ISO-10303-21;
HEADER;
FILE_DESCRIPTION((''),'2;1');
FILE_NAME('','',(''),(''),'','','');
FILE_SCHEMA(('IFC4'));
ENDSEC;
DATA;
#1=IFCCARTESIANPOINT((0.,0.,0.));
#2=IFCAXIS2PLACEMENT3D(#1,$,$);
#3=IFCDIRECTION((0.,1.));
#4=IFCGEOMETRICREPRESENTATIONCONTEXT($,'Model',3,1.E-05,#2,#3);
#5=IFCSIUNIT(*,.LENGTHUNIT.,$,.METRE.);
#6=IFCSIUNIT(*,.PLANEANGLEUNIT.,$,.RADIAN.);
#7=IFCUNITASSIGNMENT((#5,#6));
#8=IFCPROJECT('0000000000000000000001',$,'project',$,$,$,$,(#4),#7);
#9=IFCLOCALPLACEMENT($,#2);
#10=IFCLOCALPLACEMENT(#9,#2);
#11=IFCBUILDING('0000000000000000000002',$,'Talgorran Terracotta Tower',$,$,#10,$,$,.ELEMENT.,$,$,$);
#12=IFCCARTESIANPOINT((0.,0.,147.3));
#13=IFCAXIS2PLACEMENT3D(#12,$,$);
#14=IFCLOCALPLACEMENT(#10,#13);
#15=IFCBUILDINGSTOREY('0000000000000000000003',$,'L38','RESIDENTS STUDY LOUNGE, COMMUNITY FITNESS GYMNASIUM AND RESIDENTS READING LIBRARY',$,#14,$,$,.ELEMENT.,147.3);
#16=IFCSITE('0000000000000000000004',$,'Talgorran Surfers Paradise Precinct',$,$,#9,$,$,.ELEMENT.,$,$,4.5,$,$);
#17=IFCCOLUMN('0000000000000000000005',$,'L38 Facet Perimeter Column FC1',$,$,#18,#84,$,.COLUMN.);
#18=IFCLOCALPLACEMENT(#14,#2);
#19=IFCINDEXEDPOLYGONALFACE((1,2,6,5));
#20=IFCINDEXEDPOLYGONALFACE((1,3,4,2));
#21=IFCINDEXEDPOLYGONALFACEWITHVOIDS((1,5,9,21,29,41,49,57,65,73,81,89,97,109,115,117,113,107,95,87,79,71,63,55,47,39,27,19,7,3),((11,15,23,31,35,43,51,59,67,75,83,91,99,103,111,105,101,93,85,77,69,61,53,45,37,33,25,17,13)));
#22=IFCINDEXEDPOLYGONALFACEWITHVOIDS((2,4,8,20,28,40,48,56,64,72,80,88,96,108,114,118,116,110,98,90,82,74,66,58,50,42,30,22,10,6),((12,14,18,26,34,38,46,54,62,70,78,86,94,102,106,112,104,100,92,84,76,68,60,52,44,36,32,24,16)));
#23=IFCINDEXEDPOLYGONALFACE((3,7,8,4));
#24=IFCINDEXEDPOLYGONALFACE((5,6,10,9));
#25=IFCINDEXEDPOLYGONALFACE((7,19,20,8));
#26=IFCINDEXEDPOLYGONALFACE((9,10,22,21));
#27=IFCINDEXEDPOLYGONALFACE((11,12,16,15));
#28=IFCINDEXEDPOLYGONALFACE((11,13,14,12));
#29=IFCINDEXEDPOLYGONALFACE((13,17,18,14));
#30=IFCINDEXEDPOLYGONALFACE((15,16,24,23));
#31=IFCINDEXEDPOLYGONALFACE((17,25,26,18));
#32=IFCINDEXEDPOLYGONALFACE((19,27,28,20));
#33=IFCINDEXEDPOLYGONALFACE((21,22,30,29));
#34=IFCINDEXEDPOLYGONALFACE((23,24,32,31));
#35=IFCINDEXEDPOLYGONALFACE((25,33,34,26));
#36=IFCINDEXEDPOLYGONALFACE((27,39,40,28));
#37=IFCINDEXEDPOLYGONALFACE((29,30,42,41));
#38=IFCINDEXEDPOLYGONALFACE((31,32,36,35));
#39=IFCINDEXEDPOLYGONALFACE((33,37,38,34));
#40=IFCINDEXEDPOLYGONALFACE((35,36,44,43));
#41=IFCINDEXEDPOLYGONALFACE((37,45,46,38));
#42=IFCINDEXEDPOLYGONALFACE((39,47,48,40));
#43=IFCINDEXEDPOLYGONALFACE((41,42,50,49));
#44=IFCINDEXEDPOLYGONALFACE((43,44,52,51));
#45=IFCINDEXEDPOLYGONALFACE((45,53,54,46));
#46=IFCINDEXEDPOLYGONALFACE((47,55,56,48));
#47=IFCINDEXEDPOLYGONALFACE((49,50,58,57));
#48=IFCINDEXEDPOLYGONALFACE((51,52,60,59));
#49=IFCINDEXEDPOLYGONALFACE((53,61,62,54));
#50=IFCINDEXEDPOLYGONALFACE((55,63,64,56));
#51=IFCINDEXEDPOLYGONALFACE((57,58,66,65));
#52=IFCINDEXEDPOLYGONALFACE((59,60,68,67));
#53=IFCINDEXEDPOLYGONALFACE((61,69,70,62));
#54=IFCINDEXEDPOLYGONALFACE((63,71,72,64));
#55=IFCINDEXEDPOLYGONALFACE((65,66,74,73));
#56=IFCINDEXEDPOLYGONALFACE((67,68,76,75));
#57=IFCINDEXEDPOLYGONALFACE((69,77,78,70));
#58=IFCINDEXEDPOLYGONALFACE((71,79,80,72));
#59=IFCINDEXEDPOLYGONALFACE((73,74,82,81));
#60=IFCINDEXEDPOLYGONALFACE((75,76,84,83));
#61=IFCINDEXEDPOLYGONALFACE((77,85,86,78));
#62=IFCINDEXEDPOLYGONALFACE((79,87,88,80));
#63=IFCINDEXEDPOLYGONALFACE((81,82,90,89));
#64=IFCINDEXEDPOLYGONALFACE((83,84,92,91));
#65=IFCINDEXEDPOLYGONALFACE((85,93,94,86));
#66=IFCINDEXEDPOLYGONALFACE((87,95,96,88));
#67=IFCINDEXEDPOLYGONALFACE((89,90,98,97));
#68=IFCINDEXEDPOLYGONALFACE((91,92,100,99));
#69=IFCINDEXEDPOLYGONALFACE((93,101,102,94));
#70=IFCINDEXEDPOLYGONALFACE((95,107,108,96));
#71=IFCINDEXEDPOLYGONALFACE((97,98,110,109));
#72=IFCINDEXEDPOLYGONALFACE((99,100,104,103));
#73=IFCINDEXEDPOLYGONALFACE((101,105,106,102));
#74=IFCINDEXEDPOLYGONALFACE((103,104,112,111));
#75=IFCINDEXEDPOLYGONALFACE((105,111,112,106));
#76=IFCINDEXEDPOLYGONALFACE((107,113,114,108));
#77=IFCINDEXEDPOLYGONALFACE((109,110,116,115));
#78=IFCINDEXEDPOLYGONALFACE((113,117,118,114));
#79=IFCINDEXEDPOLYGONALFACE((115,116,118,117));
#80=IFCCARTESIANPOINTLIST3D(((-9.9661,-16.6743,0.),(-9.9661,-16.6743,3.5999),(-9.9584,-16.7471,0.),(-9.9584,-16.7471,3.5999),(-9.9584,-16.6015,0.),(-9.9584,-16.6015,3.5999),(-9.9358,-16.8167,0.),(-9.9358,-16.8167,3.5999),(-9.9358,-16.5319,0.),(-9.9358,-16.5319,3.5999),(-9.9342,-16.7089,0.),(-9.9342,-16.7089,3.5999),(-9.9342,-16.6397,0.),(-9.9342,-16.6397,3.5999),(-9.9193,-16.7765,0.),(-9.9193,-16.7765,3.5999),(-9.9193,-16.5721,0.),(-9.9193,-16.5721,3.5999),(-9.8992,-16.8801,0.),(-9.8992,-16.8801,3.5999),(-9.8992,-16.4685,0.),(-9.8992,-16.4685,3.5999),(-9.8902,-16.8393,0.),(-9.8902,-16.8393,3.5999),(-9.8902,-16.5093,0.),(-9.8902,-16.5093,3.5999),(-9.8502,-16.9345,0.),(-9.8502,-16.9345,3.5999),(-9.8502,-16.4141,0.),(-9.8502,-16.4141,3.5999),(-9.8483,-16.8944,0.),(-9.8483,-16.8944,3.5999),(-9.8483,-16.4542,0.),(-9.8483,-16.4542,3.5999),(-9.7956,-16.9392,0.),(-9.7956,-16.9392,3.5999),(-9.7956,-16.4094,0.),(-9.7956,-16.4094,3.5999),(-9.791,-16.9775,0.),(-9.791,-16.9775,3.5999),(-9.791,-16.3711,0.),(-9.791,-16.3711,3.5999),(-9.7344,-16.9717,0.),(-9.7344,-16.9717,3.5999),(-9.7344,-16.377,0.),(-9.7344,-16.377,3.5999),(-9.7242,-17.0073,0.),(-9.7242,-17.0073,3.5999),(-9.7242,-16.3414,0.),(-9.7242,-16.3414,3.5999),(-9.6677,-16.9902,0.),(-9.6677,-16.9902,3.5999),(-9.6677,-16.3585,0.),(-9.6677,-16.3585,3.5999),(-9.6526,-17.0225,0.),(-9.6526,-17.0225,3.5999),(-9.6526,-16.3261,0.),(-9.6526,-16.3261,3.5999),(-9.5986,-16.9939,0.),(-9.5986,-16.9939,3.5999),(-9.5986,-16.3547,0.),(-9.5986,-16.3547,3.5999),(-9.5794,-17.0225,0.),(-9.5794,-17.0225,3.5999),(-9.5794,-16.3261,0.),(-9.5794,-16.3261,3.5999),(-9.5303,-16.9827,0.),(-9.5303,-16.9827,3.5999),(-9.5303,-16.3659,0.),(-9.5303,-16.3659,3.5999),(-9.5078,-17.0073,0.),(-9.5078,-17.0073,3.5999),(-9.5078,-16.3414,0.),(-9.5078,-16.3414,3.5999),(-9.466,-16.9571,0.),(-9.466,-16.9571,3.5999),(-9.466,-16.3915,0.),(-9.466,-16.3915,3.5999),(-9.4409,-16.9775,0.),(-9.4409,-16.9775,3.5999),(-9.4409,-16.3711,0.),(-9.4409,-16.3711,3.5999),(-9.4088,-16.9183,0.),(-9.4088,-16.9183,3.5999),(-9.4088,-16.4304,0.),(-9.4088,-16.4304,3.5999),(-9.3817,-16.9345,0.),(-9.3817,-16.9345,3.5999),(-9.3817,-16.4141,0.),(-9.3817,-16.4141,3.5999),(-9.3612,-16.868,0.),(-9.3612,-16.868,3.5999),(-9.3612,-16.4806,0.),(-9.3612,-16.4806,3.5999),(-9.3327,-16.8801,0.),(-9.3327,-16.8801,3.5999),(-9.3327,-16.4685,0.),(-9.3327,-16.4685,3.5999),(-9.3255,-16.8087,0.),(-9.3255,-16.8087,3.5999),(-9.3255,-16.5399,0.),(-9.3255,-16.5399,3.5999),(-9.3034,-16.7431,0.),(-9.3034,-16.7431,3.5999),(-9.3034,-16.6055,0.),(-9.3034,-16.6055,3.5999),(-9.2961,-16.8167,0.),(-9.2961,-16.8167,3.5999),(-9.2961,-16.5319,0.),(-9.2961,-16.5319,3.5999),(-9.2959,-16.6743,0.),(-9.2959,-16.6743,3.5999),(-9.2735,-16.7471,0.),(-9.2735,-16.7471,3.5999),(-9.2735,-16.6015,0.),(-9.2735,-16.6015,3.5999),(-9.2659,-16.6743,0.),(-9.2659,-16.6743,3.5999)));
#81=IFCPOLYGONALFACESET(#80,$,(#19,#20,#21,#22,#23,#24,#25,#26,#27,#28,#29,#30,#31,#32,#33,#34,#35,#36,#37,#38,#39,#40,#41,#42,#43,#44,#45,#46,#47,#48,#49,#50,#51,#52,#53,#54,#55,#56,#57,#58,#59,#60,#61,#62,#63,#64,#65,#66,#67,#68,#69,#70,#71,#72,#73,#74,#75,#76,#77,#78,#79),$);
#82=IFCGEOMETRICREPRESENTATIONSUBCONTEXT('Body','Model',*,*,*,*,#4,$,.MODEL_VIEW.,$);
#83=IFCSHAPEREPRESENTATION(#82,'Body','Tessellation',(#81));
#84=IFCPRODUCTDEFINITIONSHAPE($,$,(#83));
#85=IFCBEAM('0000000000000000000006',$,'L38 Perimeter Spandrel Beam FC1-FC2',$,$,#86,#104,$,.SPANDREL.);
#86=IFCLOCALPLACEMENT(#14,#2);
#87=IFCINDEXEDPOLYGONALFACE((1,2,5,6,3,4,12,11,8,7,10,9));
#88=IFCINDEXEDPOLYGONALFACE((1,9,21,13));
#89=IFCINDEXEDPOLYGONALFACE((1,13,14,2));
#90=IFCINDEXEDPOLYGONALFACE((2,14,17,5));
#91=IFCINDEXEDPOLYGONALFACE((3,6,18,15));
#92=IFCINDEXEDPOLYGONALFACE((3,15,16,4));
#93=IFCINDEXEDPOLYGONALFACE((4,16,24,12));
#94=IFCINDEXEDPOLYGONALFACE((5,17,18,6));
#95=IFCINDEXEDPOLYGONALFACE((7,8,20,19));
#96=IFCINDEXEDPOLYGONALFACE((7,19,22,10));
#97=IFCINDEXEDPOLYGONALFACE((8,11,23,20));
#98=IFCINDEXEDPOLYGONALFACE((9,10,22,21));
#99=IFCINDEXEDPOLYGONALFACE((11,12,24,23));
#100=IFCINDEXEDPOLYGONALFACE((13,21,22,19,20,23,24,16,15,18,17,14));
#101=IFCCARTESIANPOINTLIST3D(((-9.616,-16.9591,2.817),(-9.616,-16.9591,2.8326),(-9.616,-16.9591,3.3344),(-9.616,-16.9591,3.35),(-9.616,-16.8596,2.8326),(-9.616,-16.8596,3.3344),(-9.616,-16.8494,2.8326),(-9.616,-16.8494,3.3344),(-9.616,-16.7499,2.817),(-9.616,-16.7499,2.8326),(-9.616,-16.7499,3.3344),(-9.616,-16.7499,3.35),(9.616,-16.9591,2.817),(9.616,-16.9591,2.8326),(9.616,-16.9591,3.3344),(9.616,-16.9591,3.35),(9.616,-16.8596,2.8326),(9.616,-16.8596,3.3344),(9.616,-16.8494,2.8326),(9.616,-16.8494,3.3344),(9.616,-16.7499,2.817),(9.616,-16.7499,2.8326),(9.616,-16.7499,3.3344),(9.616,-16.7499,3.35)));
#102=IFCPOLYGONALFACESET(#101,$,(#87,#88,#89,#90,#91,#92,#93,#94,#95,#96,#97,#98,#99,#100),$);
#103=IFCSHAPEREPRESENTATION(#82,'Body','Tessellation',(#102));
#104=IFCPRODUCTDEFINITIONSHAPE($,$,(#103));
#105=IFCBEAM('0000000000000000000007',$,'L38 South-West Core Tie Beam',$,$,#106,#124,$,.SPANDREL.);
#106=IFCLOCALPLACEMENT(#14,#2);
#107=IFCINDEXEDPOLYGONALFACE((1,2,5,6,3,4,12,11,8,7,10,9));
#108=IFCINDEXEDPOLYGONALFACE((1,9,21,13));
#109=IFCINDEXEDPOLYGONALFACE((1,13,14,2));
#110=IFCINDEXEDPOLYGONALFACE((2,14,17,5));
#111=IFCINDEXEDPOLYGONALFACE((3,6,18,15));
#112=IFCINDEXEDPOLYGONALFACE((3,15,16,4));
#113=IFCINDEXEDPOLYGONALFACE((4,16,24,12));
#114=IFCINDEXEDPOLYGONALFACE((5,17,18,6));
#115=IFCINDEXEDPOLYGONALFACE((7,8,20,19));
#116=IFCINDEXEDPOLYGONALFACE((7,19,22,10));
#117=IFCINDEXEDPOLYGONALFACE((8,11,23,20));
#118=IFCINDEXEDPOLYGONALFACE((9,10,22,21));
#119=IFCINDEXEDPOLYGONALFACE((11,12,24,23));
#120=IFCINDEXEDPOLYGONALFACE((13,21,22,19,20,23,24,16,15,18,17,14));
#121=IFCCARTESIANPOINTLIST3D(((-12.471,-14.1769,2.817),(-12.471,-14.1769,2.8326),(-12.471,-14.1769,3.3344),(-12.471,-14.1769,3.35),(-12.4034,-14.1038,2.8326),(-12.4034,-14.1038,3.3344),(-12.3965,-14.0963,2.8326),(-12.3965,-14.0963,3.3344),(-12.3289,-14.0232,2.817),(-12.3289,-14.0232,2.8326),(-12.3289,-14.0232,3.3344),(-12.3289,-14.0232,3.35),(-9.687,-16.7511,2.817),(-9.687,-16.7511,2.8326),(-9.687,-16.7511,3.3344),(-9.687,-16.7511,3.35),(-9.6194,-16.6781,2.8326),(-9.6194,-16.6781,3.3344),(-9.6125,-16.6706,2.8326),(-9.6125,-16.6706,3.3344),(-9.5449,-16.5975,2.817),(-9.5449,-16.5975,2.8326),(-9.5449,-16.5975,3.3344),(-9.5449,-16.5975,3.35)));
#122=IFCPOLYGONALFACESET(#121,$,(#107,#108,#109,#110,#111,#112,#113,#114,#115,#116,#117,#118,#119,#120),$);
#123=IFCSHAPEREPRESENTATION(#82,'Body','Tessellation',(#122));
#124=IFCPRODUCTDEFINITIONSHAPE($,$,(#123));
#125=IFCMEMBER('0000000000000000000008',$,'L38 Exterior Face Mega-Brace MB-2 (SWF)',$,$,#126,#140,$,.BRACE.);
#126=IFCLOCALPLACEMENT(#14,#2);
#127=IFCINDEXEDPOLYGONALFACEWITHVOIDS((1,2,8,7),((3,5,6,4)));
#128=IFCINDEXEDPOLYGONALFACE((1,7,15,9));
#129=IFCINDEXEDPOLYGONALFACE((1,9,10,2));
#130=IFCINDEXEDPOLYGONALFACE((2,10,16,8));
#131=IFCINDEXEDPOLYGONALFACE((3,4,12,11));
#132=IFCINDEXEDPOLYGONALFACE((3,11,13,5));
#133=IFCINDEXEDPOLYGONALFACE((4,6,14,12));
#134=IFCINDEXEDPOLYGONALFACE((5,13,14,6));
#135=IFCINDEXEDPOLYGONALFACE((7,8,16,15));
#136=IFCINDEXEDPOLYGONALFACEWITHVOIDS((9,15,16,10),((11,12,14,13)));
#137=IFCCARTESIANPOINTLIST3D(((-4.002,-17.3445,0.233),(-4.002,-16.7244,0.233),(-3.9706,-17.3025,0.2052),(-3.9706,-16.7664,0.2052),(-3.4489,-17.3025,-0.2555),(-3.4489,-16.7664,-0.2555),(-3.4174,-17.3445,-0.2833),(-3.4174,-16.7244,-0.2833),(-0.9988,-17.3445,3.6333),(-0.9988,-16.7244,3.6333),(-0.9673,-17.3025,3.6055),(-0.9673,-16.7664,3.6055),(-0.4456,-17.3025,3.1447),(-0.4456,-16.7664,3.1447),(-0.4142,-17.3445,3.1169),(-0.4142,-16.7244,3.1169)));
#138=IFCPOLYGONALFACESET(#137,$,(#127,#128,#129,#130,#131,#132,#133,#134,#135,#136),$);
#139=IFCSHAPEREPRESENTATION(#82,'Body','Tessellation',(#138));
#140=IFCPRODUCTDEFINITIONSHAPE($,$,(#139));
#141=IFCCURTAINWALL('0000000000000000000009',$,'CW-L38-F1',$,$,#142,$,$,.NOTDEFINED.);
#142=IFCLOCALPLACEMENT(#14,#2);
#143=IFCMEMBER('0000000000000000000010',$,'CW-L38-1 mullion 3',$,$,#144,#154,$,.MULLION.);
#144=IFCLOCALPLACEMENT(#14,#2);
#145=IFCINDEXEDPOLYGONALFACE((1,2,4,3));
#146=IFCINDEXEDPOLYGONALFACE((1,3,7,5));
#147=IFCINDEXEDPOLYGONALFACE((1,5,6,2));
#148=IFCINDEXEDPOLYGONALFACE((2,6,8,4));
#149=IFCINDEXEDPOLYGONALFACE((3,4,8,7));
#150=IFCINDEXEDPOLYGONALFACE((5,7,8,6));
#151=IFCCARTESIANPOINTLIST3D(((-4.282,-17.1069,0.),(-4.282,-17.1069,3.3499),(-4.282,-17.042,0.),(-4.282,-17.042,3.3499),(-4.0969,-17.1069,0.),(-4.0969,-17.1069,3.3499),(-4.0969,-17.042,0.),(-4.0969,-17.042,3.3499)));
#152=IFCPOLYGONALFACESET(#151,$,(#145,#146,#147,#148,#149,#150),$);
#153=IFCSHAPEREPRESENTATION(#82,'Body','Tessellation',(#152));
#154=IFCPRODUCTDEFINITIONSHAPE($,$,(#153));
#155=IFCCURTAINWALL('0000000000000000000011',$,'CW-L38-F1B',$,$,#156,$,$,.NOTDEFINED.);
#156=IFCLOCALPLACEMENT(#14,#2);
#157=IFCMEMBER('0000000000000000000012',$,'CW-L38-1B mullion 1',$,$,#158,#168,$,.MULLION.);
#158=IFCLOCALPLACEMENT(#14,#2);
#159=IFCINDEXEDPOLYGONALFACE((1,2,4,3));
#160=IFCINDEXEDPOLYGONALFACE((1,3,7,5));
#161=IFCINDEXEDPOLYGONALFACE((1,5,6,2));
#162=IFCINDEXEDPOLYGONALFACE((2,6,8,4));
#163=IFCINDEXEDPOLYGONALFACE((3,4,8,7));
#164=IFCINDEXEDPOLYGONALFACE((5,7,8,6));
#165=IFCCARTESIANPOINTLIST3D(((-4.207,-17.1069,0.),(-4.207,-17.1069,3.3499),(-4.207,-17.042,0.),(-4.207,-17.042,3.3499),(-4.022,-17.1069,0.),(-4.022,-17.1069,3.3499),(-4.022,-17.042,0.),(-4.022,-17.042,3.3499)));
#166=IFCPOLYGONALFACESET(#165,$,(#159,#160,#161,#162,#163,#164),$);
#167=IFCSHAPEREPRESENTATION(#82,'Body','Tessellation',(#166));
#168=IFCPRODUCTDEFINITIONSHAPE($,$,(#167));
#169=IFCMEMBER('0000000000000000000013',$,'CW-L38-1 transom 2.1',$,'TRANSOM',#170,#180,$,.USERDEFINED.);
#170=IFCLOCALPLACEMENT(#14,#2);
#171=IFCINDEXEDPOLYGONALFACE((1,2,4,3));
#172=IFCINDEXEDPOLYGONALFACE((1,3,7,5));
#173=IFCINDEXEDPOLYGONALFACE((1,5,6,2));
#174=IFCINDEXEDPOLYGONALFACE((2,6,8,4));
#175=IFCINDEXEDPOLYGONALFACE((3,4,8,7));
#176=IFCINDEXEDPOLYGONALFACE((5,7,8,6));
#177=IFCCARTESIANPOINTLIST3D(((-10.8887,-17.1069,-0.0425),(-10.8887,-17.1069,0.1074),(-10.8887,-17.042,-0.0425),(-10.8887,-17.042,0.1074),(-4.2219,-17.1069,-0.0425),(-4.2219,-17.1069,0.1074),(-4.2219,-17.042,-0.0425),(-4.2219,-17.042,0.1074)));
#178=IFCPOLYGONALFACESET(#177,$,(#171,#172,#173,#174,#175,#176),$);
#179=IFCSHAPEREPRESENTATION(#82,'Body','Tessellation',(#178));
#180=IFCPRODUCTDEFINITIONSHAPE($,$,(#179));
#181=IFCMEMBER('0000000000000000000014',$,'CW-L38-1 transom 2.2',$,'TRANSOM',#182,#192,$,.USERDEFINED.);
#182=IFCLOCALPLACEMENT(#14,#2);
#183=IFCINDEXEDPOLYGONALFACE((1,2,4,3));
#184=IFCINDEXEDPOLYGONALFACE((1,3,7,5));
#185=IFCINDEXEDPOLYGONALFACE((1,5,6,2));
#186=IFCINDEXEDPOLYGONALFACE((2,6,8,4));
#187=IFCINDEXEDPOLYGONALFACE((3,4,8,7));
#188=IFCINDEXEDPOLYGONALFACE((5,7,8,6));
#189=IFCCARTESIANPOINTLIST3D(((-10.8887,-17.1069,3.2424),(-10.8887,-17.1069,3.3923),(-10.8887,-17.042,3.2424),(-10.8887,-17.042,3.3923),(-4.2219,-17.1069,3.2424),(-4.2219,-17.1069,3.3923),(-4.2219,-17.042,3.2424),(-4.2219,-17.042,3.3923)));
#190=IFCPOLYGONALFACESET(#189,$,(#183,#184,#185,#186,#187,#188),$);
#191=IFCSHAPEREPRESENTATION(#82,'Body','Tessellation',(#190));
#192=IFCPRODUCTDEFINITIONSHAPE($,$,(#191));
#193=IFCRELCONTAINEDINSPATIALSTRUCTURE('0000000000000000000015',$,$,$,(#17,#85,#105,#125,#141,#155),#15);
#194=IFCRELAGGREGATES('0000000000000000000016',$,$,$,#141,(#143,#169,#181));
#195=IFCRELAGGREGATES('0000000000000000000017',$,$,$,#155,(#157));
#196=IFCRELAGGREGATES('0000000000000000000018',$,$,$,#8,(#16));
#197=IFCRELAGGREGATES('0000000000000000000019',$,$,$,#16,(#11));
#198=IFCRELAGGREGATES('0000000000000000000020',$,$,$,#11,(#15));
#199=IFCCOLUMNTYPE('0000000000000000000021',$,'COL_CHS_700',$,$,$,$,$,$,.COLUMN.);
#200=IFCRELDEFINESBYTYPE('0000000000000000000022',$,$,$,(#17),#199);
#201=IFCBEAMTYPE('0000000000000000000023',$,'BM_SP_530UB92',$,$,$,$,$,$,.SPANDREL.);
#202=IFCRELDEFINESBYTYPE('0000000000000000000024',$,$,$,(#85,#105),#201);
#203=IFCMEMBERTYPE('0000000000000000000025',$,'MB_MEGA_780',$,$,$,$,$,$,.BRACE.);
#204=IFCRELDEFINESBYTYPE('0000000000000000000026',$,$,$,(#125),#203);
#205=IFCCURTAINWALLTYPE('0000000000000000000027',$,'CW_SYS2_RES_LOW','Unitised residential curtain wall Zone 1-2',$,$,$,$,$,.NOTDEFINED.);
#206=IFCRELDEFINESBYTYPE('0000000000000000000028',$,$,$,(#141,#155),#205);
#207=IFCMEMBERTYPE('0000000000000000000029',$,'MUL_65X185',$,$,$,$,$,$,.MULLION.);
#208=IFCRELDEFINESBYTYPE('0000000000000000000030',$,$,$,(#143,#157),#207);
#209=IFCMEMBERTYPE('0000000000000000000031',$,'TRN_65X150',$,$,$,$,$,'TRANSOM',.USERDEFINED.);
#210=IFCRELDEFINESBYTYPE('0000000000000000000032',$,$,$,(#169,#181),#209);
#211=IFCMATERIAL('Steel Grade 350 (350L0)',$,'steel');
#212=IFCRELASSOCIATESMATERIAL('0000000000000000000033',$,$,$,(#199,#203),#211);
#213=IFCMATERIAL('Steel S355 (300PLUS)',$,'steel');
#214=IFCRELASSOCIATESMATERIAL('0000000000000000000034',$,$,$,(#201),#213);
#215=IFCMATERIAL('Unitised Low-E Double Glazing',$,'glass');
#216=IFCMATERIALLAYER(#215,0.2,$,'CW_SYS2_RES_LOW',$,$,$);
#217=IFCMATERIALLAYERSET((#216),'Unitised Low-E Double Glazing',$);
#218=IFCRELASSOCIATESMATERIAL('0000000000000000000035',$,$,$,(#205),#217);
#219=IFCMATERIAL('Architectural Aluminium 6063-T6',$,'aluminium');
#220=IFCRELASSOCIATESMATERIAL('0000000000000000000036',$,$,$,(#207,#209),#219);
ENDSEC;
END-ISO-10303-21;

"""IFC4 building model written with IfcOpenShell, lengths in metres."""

from ifc_helpers import new_model, si_unit, direction, frame, origin, origin_2d, place, context, subcontext, project, spatial, rectangle, hollow_rectangle, hollow_circle, i_section, extrude, material, layer, layer_set, material_profile, profile_set, type_object, element, aggregate, save


model = new_model("IFC4")

# Units and contexts
model_context = context("Model", 3, precision=1e-05, world=origin(), true_north=direction((0.0, 1.0)))
body_context = subcontext(model_context, "Body", "Model", "MODEL_VIEW")
ifc_project = project(units=[si_unit("LENGTHUNIT", "METRE"), si_unit("PLANEANGLEUNIT", "RADIAN")], contexts=[model_context])

# Site, building, storey
site_placement = place(None, origin())
site = spatial("IfcSite", under=ifc_project, at=site_placement, Name="Talgorran Surfers Paradise Precinct", CompositionType="ELEMENT", RefElevation=4.5)
building_placement = place(site_placement, origin())
building = spatial("IfcBuilding", under=site, at=building_placement, Name="Talgorran Terracotta Tower", CompositionType="ELEMENT")
storey_placement = place(building_placement, frame((0.0, 0.0, 147.3)))
storey = spatial("IfcBuildingStorey", under=building, at=storey_placement, Name="L38", Description="RESIDENTS STUDY LOUNGE, COMMUNITY FITNESS GYMNASIUM AND RESIDENTS READING LIBRARY", CompositionType="ELEMENT", Elevation=147.3)

# Column
ifc_material_1 = material(Name="Steel Grade 350 (350L0)", Category="steel")
ifc_material_profile_1 = material_profile(ifc_material_1, hollow_circle(Radius=0.3501, WallThickness=0.03, at=origin_2d()), Name="CHS700X30")
ifc_profile_set_1 = profile_set([ifc_material_profile_1], Name="Steel Grade 350 (350L0)")
column_type = type_object("IfcColumnType", Name="COL_CHS_700", PredefinedType="COLUMN", material=ifc_profile_set_1)
column_placement = place(storey_placement, frame((-9.616, -16.6743, 0.0), z_axis=(0.0, 0.0, 1.0), x_axis=(1.0, 0.0, 0.0)))
element("IfcColumn", 1, at=column_placement, inside=storey, type_object=column_type, Name="L38 Facet Perimeter Column FC1", PredefinedType="COLUMN", context=body_context, shape_type="SweptSolid", body=[
    extrude(hollow_circle(Radius=0.3501, WallThickness=0.03, at=origin_2d()), origin(), (0.0, 0.0, 1.0), 3.5999),
])

# Beams
ifc_material_2 = material(Name="Steel S355 (300PLUS)", Category="steel")
ifc_material_profile_2 = material_profile(ifc_material_2, i_section(OverallWidth=0.2092, OverallDepth=0.533, WebThickness=0.0103, FlangeThickness=0.0156, at=origin_2d()), Name="530UB92.4")
ifc_profile_set_2 = profile_set([ifc_material_profile_2], Name="Steel S355 (300PLUS)")
beam_type = type_object("IfcBeamType", Name="BM_SP_530UB92", PredefinedType="SPANDREL", material=ifc_profile_set_2)
beam_1_placement = place(storey_placement, frame((-9.616, -16.8545, 3.0835), z_axis=(1.0, 0.0, 0.0), x_axis=(0.0, 1.0, 0.0)))
element("IfcBeam", 2, at=beam_1_placement, inside=storey, type_object=beam_type, Name="L38 Perimeter Spandrel Beam FC1-FC2", PredefinedType="SPANDREL", context=body_context, shape_type="SweptSolid", body=[
    extrude(i_section(OverallWidth=0.2092, OverallDepth=0.533, WebThickness=0.0103, FlangeThickness=0.0156, at=origin_2d()), origin(), (0.0, 0.0, 1.0), 19.2319),
])
beam_2_placement = place(storey_placement, frame((-9.616, -16.6743, 3.0835), z_axis=(-0.734221, 0.678911, 0.0), x_axis=(-0.678911, -0.734221, 0.0)))
element("IfcBeam", 3, at=beam_2_placement, inside=storey, type_object=beam_type, Name="L38 South-West Core Tie Beam", PredefinedType="SPANDREL", context=body_context, shape_type="SweptSolid", body=[
    extrude(i_section(OverallWidth=0.2092, OverallDepth=0.533, WebThickness=0.0103, FlangeThickness=0.0156, at=origin_2d()), origin(), (0.0, 0.0, 1.0), 3.7917),
])

# Member
ifc_material_profile_3 = material_profile(ifc_material_1, hollow_rectangle(XDim=0.6201, YDim=0.78, WallThickness=0.042, at=origin_2d()), Name="WBOX780X620X42")
ifc_profile_set_3 = profile_set([ifc_material_profile_3], Name="Steel Grade 350 (350L0)")
member_type_1 = type_object("IfcMemberType", Name="MB_MEGA_780", PredefinedType="BRACE", material=ifc_profile_set_3)
member_1_placement = place(storey_placement, frame((-3.7097, -17.0344, -0.0251), z_axis=(0.661999, 0.0, 0.749505), x_axis=(0.0, 1.0, 0.0)))
element("IfcMember", 4, at=member_1_placement, inside=storey, type_object=member_type_1, Name="L38 Exterior Face Mega-Brace MB-2 (SWF)", PredefinedType="BRACE", context=body_context, shape_type="SweptSolid", body=[
    extrude(hollow_rectangle(XDim=0.6201, YDim=0.78, WallThickness=0.042, at=origin_2d()), origin(), (0.0, 0.0, 1.0), 4.5366),
])

# Curtain walls, members
ifc_material_3 = material(Name="Unitised Low-E Double Glazing", Category="glass")
ifc_layer_1 = layer(ifc_material_3, 0.2, Name="CW_SYS2_RES_LOW")
ifc_layer_set_1 = layer_set([ifc_layer_1], Name="Unitised Low-E Double Glazing")
curtain_wall_type = type_object("IfcCurtainWallType", Name="CW_SYS2_RES_LOW", Description="Unitised residential curtain wall Zone 1-2", PredefinedType="NOTDEFINED", material=ifc_layer_set_1)
curtain_wall_1_placement = place(storey_placement, origin())
curtain_wall_1 = element("IfcCurtainWall", 5, at=curtain_wall_1_placement, inside=storey, type_object=curtain_wall_type, Name="CW-L38-F1", PredefinedType="NOTDEFINED")
ifc_material_4 = material(Name="Architectural Aluminium 6063-T6", Category="aluminium")
ifc_material_profile_4 = material_profile(ifc_material_4, rectangle(XDim=0.0649, YDim=0.1851, at=origin_2d()), Name="CWM65X185")
ifc_profile_set_4 = profile_set([ifc_material_profile_4], Name="Architectural Aluminium 6063-T6")
member_type_2 = type_object("IfcMemberType", Name="MUL_65X185", PredefinedType="MULLION", material=ifc_profile_set_4)
member_2_placement = place(storey_placement, frame((-4.1895, -17.0745, 0.0), z_axis=(0.0, 0.0, 1.0), x_axis=(0.0, 1.0, 0.0)))
member_2 = element("IfcMember", 6, at=member_2_placement, type_object=member_type_2, Name="CW-L38-1 mullion 3", PredefinedType="MULLION", context=body_context, shape_type="SweptSolid", body=[
    extrude(rectangle(XDim=0.0649, YDim=0.1851, at=origin_2d()), origin(), (0.0, 0.0, 1.0), 3.3499),
])
curtain_wall_2_placement = place(storey_placement, origin())
curtain_wall_2 = element("IfcCurtainWall", 7, at=curtain_wall_2_placement, inside=storey, type_object=curtain_wall_type, Name="CW-L38-F1B", PredefinedType="NOTDEFINED")
member_3_placement = place(storey_placement, frame((-4.1145, -17.0745, 0.0), z_axis=(0.0, 0.0, 1.0), x_axis=(0.0, 1.0, 0.0)))
member_3 = element("IfcMember", 8, at=member_3_placement, type_object=member_type_2, Name="CW-L38-1B mullion 1", PredefinedType="MULLION", context=body_context, shape_type="SweptSolid", body=[
    extrude(rectangle(XDim=0.0649, YDim=0.1851, at=origin_2d()), origin(), (0.0, 0.0, 1.0), 3.3499),
])

# Members
ifc_material_profile_5 = material_profile(ifc_material_4, rectangle(XDim=0.0649, YDim=0.1499, at=origin_2d()), Name="CWT65X150")
ifc_profile_set_5 = profile_set([ifc_material_profile_5], Name="Architectural Aluminium 6063-T6")
member_type_3 = type_object("IfcMemberType", Name="TRN_65X150", ElementType="TRANSOM", PredefinedType="USERDEFINED", material=ifc_profile_set_5)
member_4_placement = place(storey_placement, frame((-10.8887, -17.0745, 0.0325), z_axis=(1.0, 0.0, 0.0), x_axis=(0.0, 1.0, 0.0)))
member_4 = element("IfcMember", 9, at=member_4_placement, type_object=member_type_3, Name="CW-L38-1 transom 2.1", ObjectType="TRANSOM", PredefinedType="USERDEFINED", context=body_context, shape_type="SweptSolid", body=[
    extrude(rectangle(XDim=0.0649, YDim=0.1499, at=origin_2d()), origin(), (0.0, 0.0, 1.0), 6.6667),
])
member_5_placement = place(storey_placement, frame((-10.8887, -17.0745, 3.3174), z_axis=(1.0, 0.0, 0.0), x_axis=(0.0, 1.0, 0.0)))
member_5 = element("IfcMember", 10, at=member_5_placement, type_object=member_type_3, Name="CW-L38-1 transom 2.2", ObjectType="TRANSOM", PredefinedType="USERDEFINED", context=body_context, shape_type="SweptSolid", body=[
    extrude(rectangle(XDim=0.0649, YDim=0.1499, at=origin_2d()), origin(), (0.0, 0.0, 1.0), 6.6667),
])

aggregate(curtain_wall_1, [member_2, member_4, member_5])
aggregate(curtain_wall_2, [member_3])

save(model, "model.ifc")
